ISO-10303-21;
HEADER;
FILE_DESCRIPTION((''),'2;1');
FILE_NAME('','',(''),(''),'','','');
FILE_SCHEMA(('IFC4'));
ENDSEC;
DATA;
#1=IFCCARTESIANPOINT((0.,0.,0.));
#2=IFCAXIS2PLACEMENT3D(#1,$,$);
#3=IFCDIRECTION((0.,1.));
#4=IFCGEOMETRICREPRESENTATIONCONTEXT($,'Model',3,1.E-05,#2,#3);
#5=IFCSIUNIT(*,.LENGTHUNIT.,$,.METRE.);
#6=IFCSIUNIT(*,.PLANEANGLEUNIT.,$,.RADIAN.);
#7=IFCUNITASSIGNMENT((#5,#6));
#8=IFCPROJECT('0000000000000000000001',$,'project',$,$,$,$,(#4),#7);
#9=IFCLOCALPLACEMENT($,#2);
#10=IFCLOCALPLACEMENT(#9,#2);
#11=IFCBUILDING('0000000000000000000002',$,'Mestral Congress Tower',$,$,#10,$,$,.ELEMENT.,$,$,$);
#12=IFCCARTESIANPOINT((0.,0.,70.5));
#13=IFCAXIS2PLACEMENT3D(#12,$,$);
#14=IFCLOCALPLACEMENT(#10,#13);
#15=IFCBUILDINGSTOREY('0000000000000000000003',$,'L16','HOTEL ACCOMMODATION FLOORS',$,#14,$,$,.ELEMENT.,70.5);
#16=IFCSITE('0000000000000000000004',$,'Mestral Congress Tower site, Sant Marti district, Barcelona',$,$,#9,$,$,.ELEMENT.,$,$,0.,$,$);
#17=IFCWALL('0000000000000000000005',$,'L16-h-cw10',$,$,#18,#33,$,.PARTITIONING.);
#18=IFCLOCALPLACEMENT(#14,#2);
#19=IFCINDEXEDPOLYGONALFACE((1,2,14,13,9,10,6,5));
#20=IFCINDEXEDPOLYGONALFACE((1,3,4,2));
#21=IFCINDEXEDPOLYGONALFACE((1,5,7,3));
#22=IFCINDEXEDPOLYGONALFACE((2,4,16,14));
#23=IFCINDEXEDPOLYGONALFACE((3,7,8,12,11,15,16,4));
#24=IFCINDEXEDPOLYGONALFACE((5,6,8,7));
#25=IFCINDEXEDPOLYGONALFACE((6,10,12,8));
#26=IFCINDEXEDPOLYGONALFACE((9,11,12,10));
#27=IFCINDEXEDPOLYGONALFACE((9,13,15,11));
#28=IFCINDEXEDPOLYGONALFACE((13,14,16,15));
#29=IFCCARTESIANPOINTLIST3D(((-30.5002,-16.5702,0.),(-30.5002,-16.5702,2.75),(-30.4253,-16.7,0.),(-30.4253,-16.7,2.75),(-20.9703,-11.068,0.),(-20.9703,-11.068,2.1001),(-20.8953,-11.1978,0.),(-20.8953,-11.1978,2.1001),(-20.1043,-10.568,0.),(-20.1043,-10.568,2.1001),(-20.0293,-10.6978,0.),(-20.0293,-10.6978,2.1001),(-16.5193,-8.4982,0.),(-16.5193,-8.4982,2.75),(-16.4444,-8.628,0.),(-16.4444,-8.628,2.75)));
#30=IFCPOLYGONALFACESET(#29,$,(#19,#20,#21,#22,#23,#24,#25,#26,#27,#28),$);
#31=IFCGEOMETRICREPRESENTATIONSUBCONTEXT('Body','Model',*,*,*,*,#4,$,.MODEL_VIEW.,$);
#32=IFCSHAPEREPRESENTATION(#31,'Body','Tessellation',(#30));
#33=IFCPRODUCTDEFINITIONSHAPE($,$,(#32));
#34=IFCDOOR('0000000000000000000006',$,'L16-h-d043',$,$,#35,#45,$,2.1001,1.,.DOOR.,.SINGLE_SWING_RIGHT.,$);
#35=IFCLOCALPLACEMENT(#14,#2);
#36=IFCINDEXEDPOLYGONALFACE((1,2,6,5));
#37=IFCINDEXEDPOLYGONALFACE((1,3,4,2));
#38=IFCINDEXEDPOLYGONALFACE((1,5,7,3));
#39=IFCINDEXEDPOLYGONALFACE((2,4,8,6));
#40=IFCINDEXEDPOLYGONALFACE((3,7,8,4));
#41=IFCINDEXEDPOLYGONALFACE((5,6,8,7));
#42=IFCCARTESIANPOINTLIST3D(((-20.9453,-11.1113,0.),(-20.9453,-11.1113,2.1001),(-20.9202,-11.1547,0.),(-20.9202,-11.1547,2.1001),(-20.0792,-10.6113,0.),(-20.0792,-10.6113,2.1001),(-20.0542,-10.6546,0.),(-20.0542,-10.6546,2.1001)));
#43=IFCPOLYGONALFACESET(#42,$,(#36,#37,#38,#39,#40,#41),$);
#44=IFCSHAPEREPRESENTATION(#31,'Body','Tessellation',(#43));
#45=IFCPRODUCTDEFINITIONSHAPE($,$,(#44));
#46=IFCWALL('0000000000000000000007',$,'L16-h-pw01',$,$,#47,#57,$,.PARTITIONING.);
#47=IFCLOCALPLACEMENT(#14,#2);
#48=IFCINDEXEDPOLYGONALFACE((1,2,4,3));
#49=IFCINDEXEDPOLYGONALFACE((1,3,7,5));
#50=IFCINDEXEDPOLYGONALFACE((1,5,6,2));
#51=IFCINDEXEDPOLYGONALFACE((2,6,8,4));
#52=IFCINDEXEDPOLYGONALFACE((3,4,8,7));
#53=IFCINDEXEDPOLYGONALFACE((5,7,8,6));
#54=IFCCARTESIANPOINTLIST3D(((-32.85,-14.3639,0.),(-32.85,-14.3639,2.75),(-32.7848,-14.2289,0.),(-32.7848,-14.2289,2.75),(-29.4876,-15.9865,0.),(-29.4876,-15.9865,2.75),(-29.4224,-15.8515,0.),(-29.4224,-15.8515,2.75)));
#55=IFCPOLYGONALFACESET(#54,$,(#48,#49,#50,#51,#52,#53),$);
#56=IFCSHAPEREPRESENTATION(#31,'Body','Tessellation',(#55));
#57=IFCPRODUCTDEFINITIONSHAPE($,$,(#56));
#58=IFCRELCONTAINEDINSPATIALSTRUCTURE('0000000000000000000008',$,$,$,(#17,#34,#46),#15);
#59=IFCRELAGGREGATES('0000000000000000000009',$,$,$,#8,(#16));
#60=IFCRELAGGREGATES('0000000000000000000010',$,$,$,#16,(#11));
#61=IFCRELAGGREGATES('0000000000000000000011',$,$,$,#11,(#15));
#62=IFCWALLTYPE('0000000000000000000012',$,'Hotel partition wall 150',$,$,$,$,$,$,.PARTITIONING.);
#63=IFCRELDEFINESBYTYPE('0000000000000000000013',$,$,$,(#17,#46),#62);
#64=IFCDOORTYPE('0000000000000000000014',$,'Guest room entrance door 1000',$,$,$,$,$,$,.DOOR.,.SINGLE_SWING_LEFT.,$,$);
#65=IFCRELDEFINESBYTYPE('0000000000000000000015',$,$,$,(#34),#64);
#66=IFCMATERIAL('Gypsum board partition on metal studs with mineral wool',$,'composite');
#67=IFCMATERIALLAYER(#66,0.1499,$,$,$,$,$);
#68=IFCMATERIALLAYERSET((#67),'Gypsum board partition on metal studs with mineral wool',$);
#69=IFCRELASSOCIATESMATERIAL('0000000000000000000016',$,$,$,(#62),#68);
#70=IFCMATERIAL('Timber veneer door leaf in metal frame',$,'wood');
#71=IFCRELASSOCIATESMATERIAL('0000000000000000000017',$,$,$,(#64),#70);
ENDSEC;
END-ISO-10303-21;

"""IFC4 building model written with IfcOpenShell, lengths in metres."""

from ifc_helpers import new_model, si_unit, direction, frame, frame_2d, origin, place, context, subcontext, project, spatial, rectangle, extrude, material, layer, layer_set, type_object, element, fill, save


model = new_model("IFC4")

# Units and contexts
model_context = context("Model", 3, precision=1e-05, world=origin(), true_north=direction((0.0, 1.0)))
body_context = subcontext(model_context, "Body", "Model", "MODEL_VIEW")
ifc_project = project(units=[si_unit("LENGTHUNIT", "METRE"), si_unit("PLANEANGLEUNIT", "RADIAN")], contexts=[model_context])

# Site, building, storey
site_placement = place(None, origin())
site = spatial("IfcSite", under=ifc_project, at=site_placement, Name="Mestral Congress Tower site, Sant Marti district, Barcelona", CompositionType="ELEMENT", RefElevation=0.0)
building_placement = place(site_placement, origin())
building = spatial("IfcBuilding", under=site, at=building_placement, Name="Mestral Congress Tower", CompositionType="ELEMENT")
storey_placement = place(building_placement, frame((0.0, 0.0, 70.5)))
storey = spatial("IfcBuildingStorey", under=building, at=storey_placement, Name="L16", Description="HOTEL ACCOMMODATION FLOORS", CompositionType="ELEMENT", Elevation=70.5)

# Wall, opening, door
ifc_material_1 = material(Name="Gypsum board partition on metal studs with mineral wool", Category="composite")
ifc_layer_1 = layer(ifc_material_1, 0.1499)
ifc_layer_set_1 = layer_set([ifc_layer_1], Name="Gypsum board partition on metal studs with mineral wool")
wall_type_1 = type_object("IfcWallType", Name="Hotel partition wall 150", PredefinedType="PARTITIONING", material=ifc_layer_set_1)
wall_1_placement = place(storey_placement, frame((-30.4626, -16.635, 0.0), z_axis=(0.0, 0.0, 1.0), x_axis=(0.866022, 0.500005, 0.0)))
wall_1 = element("IfcWall", 1, at=wall_1_placement, inside=storey, type_object=wall_type_1, Name="L16-h-cw10", PredefinedType="PARTITIONING", context=body_context, shape_type="SweptSolid", body=[
    extrude(rectangle(XDim=16.1438, YDim=0.1499, at=frame_2d((8.0718, 0.0))), origin(), (0.0, 0.0, 1.0), 2.75),
])
opening_1_placement = place(wall_1_placement, frame((11.0042, 0.0, 0.0)))
opening_1 = element("IfcOpeningElement", 2, at=opening_1_placement, cuts=wall_1, PredefinedType="OPENING", context=body_context, shape_type="SweptSolid", body=[
    extrude(rectangle(XDim=1.0, YDim=2.1001, at=frame_2d((0.5, 1.05))), frame((0.0, 0.085, 0.0), z_axis=(0.0, -1.0, 0.0), x_axis=(1.0, 0.0, 0.0)), (0.0, 0.0, 1.0), 0.1699),
])
ifc_material_2 = material(Name="Timber veneer door leaf in metal frame", Category="wood")
door_type = type_object("IfcDoorType", Name="Guest room entrance door 1000", OperationType="SINGLE_SWING_LEFT", PredefinedType="DOOR", material=ifc_material_2)
door_placement = place(opening_1_placement, origin())
door = element("IfcDoor", 3, at=door_placement, inside=storey, type_object=door_type, Name="L16-h-d043", OperationType="SINGLE_SWING_RIGHT", OverallHeight=2.1001, OverallWidth=1.0, PredefinedType="DOOR", context=body_context, shape_type="SweptSolid", body=[
    extrude(rectangle(XDim=1.0, YDim=2.1001, at=frame_2d((0.5, 1.05))), frame((0.0, 0.0249, 0.0), z_axis=(0.0, -1.0, 0.0), x_axis=(1.0, 0.0, 0.0)), (0.0, 0.0, 1.0), 0.05),
])
fill(opening_1, door)

# Wall
wall_2_placement = place(storey_placement, frame((-32.8174, -14.2964, 0.0), z_axis=(0.0, 0.0, 1.0), x_axis=(0.900617, -0.434614, 0.0)))
element("IfcWall", 4, at=wall_2_placement, inside=storey, type_object=wall_type_1, Name="L16-h-pw01", PredefinedType="PARTITIONING", context=body_context, shape_type="SweptSolid", body=[
    extrude(rectangle(XDim=3.7334, YDim=0.1499, at=frame_2d((1.8667, 0.0))), origin(), (0.0, 0.0, 1.0), 2.75),
])

save(model, "model.ifc")
